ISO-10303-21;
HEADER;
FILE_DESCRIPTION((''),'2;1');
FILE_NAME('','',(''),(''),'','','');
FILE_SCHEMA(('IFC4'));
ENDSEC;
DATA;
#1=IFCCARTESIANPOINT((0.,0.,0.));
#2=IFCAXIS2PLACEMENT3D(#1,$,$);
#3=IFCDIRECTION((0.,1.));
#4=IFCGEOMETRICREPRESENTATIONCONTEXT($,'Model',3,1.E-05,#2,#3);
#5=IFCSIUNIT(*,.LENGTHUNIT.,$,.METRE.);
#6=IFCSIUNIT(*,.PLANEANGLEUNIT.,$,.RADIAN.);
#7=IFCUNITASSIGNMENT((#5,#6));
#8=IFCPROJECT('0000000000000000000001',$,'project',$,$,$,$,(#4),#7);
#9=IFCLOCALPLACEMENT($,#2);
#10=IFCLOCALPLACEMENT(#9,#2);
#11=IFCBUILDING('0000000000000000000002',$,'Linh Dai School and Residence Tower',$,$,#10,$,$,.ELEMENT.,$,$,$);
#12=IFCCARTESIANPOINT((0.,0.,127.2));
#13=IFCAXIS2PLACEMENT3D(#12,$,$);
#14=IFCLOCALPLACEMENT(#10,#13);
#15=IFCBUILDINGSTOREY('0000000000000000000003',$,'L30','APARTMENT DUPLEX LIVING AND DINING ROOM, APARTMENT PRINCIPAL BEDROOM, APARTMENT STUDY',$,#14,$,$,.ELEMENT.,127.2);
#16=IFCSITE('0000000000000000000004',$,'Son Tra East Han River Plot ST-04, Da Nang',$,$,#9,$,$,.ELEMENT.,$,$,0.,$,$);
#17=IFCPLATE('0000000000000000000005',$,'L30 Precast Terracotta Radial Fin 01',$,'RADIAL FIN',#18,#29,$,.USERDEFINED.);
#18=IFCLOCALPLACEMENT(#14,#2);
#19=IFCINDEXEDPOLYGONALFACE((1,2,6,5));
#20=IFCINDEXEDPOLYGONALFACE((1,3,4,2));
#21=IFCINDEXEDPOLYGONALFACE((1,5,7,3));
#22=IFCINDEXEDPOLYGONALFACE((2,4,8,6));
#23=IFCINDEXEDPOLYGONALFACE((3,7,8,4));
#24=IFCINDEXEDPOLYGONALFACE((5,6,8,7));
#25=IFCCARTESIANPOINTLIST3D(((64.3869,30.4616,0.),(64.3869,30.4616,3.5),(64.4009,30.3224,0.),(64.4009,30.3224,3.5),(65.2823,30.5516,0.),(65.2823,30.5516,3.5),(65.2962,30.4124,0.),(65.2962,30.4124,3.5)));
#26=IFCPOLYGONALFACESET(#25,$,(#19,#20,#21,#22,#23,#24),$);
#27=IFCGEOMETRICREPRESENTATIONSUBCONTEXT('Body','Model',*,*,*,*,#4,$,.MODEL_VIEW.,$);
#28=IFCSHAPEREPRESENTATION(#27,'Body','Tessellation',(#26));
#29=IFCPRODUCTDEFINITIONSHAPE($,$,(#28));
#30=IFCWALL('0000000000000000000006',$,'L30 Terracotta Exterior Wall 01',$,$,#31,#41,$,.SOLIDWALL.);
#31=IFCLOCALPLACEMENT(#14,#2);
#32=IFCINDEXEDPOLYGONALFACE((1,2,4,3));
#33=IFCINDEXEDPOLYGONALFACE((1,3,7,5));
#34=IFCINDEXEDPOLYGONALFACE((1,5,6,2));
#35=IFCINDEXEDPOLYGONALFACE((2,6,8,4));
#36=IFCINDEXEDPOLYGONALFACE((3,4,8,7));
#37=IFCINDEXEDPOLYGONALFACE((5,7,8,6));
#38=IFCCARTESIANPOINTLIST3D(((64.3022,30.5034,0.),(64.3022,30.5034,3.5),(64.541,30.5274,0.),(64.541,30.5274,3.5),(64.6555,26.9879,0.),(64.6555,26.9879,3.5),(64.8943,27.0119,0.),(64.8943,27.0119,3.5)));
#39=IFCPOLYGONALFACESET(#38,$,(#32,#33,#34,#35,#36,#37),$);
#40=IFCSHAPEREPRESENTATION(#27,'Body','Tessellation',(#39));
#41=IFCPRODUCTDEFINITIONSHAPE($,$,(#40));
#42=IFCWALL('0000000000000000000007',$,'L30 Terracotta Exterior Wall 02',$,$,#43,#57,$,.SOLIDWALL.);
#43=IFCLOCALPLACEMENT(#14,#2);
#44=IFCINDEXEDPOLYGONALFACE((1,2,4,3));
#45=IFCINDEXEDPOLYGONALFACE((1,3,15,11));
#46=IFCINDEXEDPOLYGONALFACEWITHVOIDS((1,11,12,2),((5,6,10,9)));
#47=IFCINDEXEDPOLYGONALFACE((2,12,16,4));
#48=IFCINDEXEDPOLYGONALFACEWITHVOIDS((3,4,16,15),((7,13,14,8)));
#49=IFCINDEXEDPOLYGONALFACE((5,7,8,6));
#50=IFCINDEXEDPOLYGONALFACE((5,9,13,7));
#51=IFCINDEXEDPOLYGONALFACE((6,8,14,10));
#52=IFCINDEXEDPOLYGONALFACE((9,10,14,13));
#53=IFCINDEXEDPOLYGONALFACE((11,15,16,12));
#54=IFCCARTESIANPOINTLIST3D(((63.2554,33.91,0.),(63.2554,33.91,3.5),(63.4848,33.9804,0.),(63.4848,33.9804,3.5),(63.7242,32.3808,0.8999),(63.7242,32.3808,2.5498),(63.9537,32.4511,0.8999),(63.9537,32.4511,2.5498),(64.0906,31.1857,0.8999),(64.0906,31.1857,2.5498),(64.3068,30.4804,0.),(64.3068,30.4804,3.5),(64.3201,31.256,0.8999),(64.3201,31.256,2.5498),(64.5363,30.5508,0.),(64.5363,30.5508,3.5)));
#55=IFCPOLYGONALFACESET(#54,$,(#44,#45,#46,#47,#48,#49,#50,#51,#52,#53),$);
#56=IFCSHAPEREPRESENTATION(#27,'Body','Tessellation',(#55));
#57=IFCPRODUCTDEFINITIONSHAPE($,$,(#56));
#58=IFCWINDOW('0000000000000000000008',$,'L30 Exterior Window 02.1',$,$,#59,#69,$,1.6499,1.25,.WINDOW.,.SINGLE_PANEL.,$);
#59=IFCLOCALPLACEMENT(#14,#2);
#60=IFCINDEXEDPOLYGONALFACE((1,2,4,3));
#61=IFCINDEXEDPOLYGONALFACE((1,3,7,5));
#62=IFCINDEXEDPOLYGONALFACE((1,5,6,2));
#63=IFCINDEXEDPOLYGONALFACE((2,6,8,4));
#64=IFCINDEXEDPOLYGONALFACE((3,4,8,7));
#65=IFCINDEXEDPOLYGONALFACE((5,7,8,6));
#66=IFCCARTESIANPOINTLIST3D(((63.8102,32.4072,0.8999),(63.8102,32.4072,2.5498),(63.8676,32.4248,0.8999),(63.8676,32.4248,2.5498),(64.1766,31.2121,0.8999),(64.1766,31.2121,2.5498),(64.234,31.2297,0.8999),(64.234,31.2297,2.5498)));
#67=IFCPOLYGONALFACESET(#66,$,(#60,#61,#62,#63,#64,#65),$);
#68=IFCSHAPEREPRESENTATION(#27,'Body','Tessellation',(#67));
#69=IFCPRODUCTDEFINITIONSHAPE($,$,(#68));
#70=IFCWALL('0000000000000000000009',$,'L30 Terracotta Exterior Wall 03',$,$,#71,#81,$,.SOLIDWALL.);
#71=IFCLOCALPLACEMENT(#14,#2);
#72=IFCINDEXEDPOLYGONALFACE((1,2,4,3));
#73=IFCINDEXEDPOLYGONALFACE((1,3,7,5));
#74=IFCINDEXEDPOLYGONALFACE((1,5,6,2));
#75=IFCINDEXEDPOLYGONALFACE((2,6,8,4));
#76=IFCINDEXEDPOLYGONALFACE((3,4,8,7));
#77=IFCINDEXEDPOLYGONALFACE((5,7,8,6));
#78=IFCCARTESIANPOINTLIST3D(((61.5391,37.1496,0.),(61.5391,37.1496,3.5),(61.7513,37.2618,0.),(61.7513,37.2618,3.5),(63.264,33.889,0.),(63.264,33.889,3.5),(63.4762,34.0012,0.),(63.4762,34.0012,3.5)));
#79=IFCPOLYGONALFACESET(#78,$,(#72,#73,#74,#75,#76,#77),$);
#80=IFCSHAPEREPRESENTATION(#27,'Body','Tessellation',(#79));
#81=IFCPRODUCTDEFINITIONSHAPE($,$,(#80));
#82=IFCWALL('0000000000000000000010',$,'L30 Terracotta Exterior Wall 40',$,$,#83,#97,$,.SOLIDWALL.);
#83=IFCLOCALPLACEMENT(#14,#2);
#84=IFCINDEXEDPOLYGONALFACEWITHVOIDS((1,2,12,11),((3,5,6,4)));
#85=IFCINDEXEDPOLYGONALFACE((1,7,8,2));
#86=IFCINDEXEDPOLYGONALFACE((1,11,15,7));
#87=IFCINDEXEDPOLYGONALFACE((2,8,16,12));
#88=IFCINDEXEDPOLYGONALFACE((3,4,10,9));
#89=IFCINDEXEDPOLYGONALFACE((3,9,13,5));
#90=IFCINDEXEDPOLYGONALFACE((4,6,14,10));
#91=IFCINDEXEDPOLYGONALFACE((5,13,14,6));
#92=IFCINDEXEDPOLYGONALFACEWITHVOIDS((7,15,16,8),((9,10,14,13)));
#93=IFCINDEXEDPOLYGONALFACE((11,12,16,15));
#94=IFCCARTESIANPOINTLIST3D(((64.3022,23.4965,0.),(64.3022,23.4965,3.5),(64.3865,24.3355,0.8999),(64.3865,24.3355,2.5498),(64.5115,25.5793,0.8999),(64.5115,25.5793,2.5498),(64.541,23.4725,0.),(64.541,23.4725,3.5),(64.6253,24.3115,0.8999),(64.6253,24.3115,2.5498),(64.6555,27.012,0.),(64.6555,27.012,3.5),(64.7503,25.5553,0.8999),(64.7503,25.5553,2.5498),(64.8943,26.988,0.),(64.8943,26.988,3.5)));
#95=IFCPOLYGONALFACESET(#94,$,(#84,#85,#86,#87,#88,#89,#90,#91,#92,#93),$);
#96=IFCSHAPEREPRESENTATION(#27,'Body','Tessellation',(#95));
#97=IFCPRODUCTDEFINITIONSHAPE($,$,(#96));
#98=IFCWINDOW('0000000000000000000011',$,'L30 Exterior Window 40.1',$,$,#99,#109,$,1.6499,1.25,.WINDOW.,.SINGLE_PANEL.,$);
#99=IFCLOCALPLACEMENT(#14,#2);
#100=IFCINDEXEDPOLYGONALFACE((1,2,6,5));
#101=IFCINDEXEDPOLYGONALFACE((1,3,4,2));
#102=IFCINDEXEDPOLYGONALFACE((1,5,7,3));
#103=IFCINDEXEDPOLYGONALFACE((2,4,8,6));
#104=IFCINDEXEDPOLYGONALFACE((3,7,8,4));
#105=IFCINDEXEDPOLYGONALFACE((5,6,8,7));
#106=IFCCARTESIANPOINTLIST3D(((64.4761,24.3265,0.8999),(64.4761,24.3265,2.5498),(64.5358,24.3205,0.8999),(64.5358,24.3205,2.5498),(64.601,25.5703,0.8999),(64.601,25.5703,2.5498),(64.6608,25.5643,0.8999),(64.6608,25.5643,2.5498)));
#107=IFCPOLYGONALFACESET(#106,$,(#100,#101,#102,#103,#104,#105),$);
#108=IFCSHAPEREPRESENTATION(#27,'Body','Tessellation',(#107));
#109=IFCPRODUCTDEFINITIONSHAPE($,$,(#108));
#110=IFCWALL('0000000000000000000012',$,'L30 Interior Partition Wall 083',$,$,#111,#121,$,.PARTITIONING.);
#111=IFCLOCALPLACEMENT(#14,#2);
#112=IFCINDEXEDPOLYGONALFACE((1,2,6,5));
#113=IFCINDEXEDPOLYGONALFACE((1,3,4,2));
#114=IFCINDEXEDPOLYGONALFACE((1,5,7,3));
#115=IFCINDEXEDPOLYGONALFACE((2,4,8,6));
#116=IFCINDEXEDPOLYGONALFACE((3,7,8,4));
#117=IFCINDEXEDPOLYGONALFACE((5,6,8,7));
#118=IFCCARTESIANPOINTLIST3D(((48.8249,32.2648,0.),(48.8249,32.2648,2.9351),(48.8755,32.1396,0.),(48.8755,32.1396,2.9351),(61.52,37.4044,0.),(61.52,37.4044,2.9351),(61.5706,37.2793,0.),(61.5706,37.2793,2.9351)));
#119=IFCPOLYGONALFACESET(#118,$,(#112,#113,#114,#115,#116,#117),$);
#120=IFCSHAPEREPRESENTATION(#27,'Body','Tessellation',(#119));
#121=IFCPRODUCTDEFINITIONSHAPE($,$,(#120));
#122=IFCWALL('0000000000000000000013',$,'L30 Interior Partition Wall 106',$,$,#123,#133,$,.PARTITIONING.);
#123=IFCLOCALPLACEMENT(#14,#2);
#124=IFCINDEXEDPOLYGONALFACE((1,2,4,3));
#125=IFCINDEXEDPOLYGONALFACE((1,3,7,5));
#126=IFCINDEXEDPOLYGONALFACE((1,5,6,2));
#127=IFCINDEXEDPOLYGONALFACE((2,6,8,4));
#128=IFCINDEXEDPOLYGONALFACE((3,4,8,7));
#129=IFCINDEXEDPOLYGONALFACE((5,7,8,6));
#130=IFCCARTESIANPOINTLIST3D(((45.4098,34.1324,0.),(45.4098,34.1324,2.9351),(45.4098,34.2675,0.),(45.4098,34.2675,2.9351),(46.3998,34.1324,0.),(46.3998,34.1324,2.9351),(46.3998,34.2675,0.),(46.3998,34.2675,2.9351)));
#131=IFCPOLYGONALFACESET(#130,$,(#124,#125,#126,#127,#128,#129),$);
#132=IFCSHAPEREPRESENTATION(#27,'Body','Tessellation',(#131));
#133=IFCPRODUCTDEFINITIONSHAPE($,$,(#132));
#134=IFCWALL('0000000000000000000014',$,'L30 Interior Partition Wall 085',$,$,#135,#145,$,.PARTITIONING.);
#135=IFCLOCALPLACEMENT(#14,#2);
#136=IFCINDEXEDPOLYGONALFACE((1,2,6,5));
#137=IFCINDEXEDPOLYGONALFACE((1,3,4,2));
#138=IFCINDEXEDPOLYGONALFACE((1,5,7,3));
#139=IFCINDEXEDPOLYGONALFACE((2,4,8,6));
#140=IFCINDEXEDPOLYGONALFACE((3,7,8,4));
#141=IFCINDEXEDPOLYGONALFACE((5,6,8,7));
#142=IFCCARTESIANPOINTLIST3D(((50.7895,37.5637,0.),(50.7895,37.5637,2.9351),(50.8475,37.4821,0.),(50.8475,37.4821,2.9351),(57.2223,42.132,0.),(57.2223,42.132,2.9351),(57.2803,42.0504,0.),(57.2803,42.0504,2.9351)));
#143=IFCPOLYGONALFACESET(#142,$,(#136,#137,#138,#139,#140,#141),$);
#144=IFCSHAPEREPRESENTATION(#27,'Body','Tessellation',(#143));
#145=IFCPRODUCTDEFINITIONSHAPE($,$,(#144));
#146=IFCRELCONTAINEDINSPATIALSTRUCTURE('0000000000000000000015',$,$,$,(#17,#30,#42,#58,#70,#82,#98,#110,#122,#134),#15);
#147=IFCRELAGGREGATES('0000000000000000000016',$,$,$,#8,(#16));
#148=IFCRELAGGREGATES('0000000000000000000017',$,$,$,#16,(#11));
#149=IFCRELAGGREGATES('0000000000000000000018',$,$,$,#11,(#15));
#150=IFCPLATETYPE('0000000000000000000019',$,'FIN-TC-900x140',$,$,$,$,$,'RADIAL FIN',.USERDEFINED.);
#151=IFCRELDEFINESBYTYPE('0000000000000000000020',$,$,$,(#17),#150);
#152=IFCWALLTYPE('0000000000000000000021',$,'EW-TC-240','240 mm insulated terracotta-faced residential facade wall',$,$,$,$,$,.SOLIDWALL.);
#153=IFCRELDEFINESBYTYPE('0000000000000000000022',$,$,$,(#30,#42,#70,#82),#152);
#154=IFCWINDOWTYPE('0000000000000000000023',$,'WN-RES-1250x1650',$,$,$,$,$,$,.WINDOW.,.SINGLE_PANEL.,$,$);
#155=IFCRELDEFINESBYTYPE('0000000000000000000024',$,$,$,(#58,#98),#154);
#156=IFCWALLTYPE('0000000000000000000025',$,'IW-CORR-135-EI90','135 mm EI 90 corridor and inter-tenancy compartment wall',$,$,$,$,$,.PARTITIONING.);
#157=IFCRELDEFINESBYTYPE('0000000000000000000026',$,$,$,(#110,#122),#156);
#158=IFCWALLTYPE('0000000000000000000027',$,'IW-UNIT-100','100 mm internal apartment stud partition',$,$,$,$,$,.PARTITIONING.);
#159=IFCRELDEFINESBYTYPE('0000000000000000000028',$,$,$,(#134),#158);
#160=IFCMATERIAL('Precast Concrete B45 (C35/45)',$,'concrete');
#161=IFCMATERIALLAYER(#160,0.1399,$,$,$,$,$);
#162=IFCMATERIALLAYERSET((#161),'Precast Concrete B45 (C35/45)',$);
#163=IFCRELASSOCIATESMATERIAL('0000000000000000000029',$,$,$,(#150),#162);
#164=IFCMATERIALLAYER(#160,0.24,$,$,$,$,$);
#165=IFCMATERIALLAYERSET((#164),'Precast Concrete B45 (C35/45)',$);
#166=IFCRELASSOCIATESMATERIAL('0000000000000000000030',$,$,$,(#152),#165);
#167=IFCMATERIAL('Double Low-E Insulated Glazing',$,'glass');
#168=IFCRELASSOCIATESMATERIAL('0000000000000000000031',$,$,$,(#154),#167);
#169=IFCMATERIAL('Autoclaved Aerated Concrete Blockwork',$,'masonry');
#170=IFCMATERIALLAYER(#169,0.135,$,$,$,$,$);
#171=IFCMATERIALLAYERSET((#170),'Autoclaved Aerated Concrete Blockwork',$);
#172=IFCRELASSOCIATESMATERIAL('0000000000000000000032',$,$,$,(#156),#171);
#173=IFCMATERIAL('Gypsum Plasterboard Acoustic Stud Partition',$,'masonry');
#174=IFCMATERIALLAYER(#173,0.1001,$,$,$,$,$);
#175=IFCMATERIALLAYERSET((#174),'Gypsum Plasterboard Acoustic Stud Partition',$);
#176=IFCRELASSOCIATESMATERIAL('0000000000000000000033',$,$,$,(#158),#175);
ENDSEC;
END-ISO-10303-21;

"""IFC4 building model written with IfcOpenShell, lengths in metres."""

from ifc_helpers import new_model, si_unit, direction, frame, frame_2d, origin, origin_2d, place, context, subcontext, project, spatial, rectangle, extrude, source, transform, mapped, material, layer, layer_set, type_object, element, fill, save


model = new_model("IFC4")

# Units and contexts
model_context = context("Model", 3, precision=1e-05, world=origin(), true_north=direction((0.0, 1.0)))
body_context = subcontext(model_context, "Body", "Model", "MODEL_VIEW")
ifc_project = project(units=[si_unit("LENGTHUNIT", "METRE"), si_unit("PLANEANGLEUNIT", "RADIAN")], contexts=[model_context])

# Site, building, storey
site_placement = place(None, origin())
site = spatial("IfcSite", under=ifc_project, at=site_placement, Name="Son Tra East Han River Plot ST-04, Da Nang", CompositionType="ELEMENT", RefElevation=0.0)
building_placement = place(site_placement, origin())
building = spatial("IfcBuilding", under=site, at=building_placement, Name="Linh Dai School and Residence Tower", CompositionType="ELEMENT")
storey_placement = place(building_placement, frame((0.0, 0.0, 127.2)))
storey = spatial("IfcBuildingStorey", under=building, at=storey_placement, Name="L30", Description="APARTMENT DUPLEX LIVING AND DINING ROOM, APARTMENT PRINCIPAL BEDROOM, APARTMENT STUDY", CompositionType="ELEMENT", Elevation=127.2)

# Plate
ifc_material_1 = material(Name="Precast Concrete B45 (C35/45)", Category="concrete")
ifc_layer_1 = layer(ifc_material_1, 0.1399)
ifc_layer_set_1 = layer_set([ifc_layer_1], Name="Precast Concrete B45 (C35/45)")
plate_type = type_object("IfcPlateType", Name="FIN-TC-900x140", ElementType="RADIAL FIN", PredefinedType="USERDEFINED", material=ifc_layer_set_1)
shared_shape_1 = source(origin(), body_context, "Body", "SweptSolid", [
    extrude(rectangle(XDim=0.8999, YDim=0.1399, at=origin_2d()), origin(), (0.0, 0.0, 1.0), 3.5),
])
plate_placement = place(storey_placement, frame((64.8416, 30.437, 0.0), z_axis=(0.0, 0.0, 1.0), x_axis=(0.994987, 0.100007, 0.0)))
element("IfcPlate", 1, at=plate_placement, inside=storey, type_object=plate_type, Name="L30 Precast Terracotta Radial Fin 01", ObjectType="RADIAL FIN", PredefinedType="USERDEFINED", context=body_context, shape_type="MappedRepresentation", body=[
    mapped(shared_shape_1, transform((0.0, 0.0, 0.0), x_axis=(1.0, 0.0, 0.0), y_axis=(0.0, 1.0, 0.0), z_axis=(0.0, 0.0, 1.0), scale=1.0)),
])

# Wall
ifc_layer_2 = layer(ifc_material_1, 0.24)
ifc_layer_set_2 = layer_set([ifc_layer_2], Name="Precast Concrete B45 (C35/45)")
wall_type_1 = type_object("IfcWallType", Name="EW-TC-240", Description="240 mm insulated terracotta-faced residential facade wall", PredefinedType="SOLIDWALL", material=ifc_layer_set_2)
wall_1_placement = place(storey_placement, frame((64.4216, 30.5154, 0.0), z_axis=(0.0, 0.0, 1.0), x_axis=(0.099989, -0.994988, 0.0)))
element("IfcWall", 2, at=wall_1_placement, inside=storey, type_object=wall_type_1, Name="L30 Terracotta Exterior Wall 01", PredefinedType="SOLIDWALL", context=body_context, shape_type="SweptSolid", body=[
    extrude(rectangle(XDim=3.5332, YDim=0.24, at=frame_2d((1.7666, 0.0))), origin(), (0.0, 0.0, 1.0), 3.5),
])

# Wall, opening, window
wall_2_placement = place(storey_placement, frame((63.3701, 33.9451, 0.0), z_axis=(0.0, 0.0, 1.0), x_axis=(0.293124, -0.956074, 0.0)))
wall_2 = element("IfcWall", 3, at=wall_2_placement, inside=storey, type_object=wall_type_1, Name="L30 Terracotta Exterior Wall 02", PredefinedType="SOLIDWALL", context=body_context, shape_type="SweptSolid", body=[
    extrude(rectangle(XDim=3.5872, YDim=0.24, at=frame_2d((1.7935, 0.0))), origin(), (0.0, 0.0, 1.0), 3.5),
])
opening_1_placement = place(wall_2_placement, frame((1.5994, 0.0, 0.8999)))
opening_1 = element("IfcOpeningElement", 4, at=opening_1_placement, cuts=wall_2, PredefinedType="OPENING", context=body_context, shape_type="SweptSolid", body=[
    extrude(rectangle(XDim=1.25, YDim=1.6499, at=origin_2d()), frame((0.625, 0.1299, 0.825), z_axis=(0.0, -1.0, 0.0), x_axis=(1.0, 0.0, 0.0)), (0.0, 0.0, 1.0), 0.26),
])
ifc_material_2 = material(Name="Double Low-E Insulated Glazing", Category="glass")
window_type = type_object("IfcWindowType", Name="WN-RES-1250x1650", PartitioningType="SINGLE_PANEL", PredefinedType="WINDOW", material=ifc_material_2)
shared_shape_2 = source(origin(), body_context, "Body", "SweptSolid", [
    extrude(rectangle(XDim=1.25, YDim=1.6499, at=origin_2d()), frame((0.625, 0.03, 0.825), z_axis=(0.0, -1.0, 0.0), x_axis=(1.0, 0.0, 0.0)), (0.0, 0.0, 1.0), 0.0601),
])
window_1_placement = place(opening_1_placement, origin())
window_1 = element("IfcWindow", 5, at=window_1_placement, inside=storey, type_object=window_type, Name="L30 Exterior Window 02.1", OverallHeight=1.6499, OverallWidth=1.25, PartitioningType="SINGLE_PANEL", PredefinedType="WINDOW", context=body_context, shape_type="MappedRepresentation", body=[
    mapped(shared_shape_2, transform((0.0, 0.0, 0.0), x_axis=(1.0, 0.0, 0.0), y_axis=(0.0, 1.0, 0.0), z_axis=(0.0, 0.0, 1.0), scale=1.0)),
])
fill(opening_1, window_1)

# Wall
wall_3_placement = place(storey_placement, frame((61.6453, 37.2056, 0.0), z_axis=(0.0, 0.0, 1.0), x_axis=(0.467614, -0.883933, 0.0)))
element("IfcWall", 6, at=wall_3_placement, inside=storey, type_object=wall_type_1, Name="L30 Terracotta Exterior Wall 03", PredefinedType="SOLIDWALL", context=body_context, shape_type="SweptSolid", body=[
    extrude(rectangle(XDim=3.6887, YDim=0.24, at=frame_2d((1.8442, 0.0))), origin(), (0.0, 0.0, 1.0), 3.5),
])

# Wall, opening, window
wall_4_placement = place(storey_placement, frame((64.7749, 27.0, 0.0), z_axis=(0.0, 0.0, 1.0), x_axis=(-0.099989, -0.994988, 0.0)))
wall_4 = element("IfcWall", 7, at=wall_4_placement, inside=storey, type_object=wall_type_1, Name="L30 Terracotta Exterior Wall 40", PredefinedType="SOLIDWALL", context=body_context, shape_type="SweptSolid", body=[
    extrude(rectangle(XDim=3.5332, YDim=0.24, at=frame_2d((1.7666, 0.0))), origin(), (0.0, 0.0, 1.0), 3.5),
])
opening_2_placement = place(wall_4_placement, frame((1.4399, 0.0, 0.8999)))
opening_2 = element("IfcOpeningElement", 8, at=opening_2_placement, cuts=wall_4, PredefinedType="OPENING", context=body_context, shape_type="SweptSolid", body=[
    extrude(rectangle(XDim=1.25, YDim=1.6499, at=origin_2d()), frame((0.625, 0.1299, 0.825), z_axis=(0.0, -1.0, 0.0), x_axis=(1.0, 0.0, 0.0)), (0.0, 0.0, 1.0), 0.26),
])
window_2_placement = place(opening_2_placement, origin())
window_2 = element("IfcWindow", 9, at=window_2_placement, inside=storey, type_object=window_type, Name="L30 Exterior Window 40.1", OverallHeight=1.6499, OverallWidth=1.25, PartitioningType="SINGLE_PANEL", PredefinedType="WINDOW", context=body_context, shape_type="MappedRepresentation", body=[
    mapped(shared_shape_2, transform((0.0, 0.0, 0.0), x_axis=(1.0, 0.0, 0.0), y_axis=(0.0, 1.0, 0.0), z_axis=(0.0, 0.0, 1.0), scale=1.0)),
])
fill(opening_2, window_2)

# Walls
ifc_material_3 = material(Name="Autoclaved Aerated Concrete Blockwork", Category="masonry")
ifc_layer_3 = layer(ifc_material_3, 0.135)
ifc_layer_set_3 = layer_set([ifc_layer_3], Name="Autoclaved Aerated Concrete Blockwork")
wall_type_2 = type_object("IfcWallType", Name="IW-CORR-135-EI90", Description="135 mm EI 90 corridor and inter-tenancy compartment wall", PredefinedType="PARTITIONING", material=ifc_layer_set_3)
wall_5_placement = place(storey_placement, frame((48.8501, 32.2021, 0.0), z_axis=(0.0, 0.0, 1.0), x_axis=(0.926917, 0.375266, 0.0)))
element("IfcWall", 10, at=wall_5_placement, inside=storey, type_object=wall_type_2, Name="L30 Interior Partition Wall 083", PredefinedType="PARTITIONING", context=body_context, shape_type="SweptSolid", body=[
    extrude(rectangle(XDim=13.696, YDim=0.135, at=frame_2d((6.8481, 0.0))), origin(), (0.0, 0.0, 1.0), 2.9351),
])
wall_6_placement = place(storey_placement, frame((46.3999, 34.2, 0.0), z_axis=(0.0, 0.0, 1.0), x_axis=(-1.0, 0.0, 0.0)))
element("IfcWall", 11, at=wall_6_placement, inside=storey, type_object=wall_type_2, Name="L30 Interior Partition Wall 106", PredefinedType="PARTITIONING", context=body_context, shape_type="SweptSolid", body=[
    extrude(rectangle(XDim=0.99, YDim=0.135, at=frame_2d((0.4951, 0.0))), origin(), (0.0, 0.0, 1.0), 2.9351),
])
ifc_material_4 = material(Name="Gypsum Plasterboard Acoustic Stud Partition", Category="masonry")
ifc_layer_4 = layer(ifc_material_4, 0.1001)
ifc_layer_set_4 = layer_set([ifc_layer_4], Name="Gypsum Plasterboard Acoustic Stud Partition")
wall_type_3 = type_object("IfcWallType", Name="IW-UNIT-100", Description="100 mm internal apartment stud partition", PredefinedType="PARTITIONING", material=ifc_layer_set_4)
wall_7_placement = place(storey_placement, frame((50.8186, 37.5229, 0.0), z_axis=(0.0, 0.0, 1.0), x_axis=(0.815321, 0.579009, 0.0)))
element("IfcWall", 12, at=wall_7_placement, inside=storey, type_object=wall_type_3, Name="L30 Interior Partition Wall 085", PredefinedType="PARTITIONING", context=body_context, shape_type="SweptSolid", body=[
    extrude(rectangle(XDim=7.8899, YDim=0.1001, at=frame_2d((3.9448, 0.0))), origin(), (0.0, 0.0, 1.0), 2.9351),
])

save(model, "model.ifc")
